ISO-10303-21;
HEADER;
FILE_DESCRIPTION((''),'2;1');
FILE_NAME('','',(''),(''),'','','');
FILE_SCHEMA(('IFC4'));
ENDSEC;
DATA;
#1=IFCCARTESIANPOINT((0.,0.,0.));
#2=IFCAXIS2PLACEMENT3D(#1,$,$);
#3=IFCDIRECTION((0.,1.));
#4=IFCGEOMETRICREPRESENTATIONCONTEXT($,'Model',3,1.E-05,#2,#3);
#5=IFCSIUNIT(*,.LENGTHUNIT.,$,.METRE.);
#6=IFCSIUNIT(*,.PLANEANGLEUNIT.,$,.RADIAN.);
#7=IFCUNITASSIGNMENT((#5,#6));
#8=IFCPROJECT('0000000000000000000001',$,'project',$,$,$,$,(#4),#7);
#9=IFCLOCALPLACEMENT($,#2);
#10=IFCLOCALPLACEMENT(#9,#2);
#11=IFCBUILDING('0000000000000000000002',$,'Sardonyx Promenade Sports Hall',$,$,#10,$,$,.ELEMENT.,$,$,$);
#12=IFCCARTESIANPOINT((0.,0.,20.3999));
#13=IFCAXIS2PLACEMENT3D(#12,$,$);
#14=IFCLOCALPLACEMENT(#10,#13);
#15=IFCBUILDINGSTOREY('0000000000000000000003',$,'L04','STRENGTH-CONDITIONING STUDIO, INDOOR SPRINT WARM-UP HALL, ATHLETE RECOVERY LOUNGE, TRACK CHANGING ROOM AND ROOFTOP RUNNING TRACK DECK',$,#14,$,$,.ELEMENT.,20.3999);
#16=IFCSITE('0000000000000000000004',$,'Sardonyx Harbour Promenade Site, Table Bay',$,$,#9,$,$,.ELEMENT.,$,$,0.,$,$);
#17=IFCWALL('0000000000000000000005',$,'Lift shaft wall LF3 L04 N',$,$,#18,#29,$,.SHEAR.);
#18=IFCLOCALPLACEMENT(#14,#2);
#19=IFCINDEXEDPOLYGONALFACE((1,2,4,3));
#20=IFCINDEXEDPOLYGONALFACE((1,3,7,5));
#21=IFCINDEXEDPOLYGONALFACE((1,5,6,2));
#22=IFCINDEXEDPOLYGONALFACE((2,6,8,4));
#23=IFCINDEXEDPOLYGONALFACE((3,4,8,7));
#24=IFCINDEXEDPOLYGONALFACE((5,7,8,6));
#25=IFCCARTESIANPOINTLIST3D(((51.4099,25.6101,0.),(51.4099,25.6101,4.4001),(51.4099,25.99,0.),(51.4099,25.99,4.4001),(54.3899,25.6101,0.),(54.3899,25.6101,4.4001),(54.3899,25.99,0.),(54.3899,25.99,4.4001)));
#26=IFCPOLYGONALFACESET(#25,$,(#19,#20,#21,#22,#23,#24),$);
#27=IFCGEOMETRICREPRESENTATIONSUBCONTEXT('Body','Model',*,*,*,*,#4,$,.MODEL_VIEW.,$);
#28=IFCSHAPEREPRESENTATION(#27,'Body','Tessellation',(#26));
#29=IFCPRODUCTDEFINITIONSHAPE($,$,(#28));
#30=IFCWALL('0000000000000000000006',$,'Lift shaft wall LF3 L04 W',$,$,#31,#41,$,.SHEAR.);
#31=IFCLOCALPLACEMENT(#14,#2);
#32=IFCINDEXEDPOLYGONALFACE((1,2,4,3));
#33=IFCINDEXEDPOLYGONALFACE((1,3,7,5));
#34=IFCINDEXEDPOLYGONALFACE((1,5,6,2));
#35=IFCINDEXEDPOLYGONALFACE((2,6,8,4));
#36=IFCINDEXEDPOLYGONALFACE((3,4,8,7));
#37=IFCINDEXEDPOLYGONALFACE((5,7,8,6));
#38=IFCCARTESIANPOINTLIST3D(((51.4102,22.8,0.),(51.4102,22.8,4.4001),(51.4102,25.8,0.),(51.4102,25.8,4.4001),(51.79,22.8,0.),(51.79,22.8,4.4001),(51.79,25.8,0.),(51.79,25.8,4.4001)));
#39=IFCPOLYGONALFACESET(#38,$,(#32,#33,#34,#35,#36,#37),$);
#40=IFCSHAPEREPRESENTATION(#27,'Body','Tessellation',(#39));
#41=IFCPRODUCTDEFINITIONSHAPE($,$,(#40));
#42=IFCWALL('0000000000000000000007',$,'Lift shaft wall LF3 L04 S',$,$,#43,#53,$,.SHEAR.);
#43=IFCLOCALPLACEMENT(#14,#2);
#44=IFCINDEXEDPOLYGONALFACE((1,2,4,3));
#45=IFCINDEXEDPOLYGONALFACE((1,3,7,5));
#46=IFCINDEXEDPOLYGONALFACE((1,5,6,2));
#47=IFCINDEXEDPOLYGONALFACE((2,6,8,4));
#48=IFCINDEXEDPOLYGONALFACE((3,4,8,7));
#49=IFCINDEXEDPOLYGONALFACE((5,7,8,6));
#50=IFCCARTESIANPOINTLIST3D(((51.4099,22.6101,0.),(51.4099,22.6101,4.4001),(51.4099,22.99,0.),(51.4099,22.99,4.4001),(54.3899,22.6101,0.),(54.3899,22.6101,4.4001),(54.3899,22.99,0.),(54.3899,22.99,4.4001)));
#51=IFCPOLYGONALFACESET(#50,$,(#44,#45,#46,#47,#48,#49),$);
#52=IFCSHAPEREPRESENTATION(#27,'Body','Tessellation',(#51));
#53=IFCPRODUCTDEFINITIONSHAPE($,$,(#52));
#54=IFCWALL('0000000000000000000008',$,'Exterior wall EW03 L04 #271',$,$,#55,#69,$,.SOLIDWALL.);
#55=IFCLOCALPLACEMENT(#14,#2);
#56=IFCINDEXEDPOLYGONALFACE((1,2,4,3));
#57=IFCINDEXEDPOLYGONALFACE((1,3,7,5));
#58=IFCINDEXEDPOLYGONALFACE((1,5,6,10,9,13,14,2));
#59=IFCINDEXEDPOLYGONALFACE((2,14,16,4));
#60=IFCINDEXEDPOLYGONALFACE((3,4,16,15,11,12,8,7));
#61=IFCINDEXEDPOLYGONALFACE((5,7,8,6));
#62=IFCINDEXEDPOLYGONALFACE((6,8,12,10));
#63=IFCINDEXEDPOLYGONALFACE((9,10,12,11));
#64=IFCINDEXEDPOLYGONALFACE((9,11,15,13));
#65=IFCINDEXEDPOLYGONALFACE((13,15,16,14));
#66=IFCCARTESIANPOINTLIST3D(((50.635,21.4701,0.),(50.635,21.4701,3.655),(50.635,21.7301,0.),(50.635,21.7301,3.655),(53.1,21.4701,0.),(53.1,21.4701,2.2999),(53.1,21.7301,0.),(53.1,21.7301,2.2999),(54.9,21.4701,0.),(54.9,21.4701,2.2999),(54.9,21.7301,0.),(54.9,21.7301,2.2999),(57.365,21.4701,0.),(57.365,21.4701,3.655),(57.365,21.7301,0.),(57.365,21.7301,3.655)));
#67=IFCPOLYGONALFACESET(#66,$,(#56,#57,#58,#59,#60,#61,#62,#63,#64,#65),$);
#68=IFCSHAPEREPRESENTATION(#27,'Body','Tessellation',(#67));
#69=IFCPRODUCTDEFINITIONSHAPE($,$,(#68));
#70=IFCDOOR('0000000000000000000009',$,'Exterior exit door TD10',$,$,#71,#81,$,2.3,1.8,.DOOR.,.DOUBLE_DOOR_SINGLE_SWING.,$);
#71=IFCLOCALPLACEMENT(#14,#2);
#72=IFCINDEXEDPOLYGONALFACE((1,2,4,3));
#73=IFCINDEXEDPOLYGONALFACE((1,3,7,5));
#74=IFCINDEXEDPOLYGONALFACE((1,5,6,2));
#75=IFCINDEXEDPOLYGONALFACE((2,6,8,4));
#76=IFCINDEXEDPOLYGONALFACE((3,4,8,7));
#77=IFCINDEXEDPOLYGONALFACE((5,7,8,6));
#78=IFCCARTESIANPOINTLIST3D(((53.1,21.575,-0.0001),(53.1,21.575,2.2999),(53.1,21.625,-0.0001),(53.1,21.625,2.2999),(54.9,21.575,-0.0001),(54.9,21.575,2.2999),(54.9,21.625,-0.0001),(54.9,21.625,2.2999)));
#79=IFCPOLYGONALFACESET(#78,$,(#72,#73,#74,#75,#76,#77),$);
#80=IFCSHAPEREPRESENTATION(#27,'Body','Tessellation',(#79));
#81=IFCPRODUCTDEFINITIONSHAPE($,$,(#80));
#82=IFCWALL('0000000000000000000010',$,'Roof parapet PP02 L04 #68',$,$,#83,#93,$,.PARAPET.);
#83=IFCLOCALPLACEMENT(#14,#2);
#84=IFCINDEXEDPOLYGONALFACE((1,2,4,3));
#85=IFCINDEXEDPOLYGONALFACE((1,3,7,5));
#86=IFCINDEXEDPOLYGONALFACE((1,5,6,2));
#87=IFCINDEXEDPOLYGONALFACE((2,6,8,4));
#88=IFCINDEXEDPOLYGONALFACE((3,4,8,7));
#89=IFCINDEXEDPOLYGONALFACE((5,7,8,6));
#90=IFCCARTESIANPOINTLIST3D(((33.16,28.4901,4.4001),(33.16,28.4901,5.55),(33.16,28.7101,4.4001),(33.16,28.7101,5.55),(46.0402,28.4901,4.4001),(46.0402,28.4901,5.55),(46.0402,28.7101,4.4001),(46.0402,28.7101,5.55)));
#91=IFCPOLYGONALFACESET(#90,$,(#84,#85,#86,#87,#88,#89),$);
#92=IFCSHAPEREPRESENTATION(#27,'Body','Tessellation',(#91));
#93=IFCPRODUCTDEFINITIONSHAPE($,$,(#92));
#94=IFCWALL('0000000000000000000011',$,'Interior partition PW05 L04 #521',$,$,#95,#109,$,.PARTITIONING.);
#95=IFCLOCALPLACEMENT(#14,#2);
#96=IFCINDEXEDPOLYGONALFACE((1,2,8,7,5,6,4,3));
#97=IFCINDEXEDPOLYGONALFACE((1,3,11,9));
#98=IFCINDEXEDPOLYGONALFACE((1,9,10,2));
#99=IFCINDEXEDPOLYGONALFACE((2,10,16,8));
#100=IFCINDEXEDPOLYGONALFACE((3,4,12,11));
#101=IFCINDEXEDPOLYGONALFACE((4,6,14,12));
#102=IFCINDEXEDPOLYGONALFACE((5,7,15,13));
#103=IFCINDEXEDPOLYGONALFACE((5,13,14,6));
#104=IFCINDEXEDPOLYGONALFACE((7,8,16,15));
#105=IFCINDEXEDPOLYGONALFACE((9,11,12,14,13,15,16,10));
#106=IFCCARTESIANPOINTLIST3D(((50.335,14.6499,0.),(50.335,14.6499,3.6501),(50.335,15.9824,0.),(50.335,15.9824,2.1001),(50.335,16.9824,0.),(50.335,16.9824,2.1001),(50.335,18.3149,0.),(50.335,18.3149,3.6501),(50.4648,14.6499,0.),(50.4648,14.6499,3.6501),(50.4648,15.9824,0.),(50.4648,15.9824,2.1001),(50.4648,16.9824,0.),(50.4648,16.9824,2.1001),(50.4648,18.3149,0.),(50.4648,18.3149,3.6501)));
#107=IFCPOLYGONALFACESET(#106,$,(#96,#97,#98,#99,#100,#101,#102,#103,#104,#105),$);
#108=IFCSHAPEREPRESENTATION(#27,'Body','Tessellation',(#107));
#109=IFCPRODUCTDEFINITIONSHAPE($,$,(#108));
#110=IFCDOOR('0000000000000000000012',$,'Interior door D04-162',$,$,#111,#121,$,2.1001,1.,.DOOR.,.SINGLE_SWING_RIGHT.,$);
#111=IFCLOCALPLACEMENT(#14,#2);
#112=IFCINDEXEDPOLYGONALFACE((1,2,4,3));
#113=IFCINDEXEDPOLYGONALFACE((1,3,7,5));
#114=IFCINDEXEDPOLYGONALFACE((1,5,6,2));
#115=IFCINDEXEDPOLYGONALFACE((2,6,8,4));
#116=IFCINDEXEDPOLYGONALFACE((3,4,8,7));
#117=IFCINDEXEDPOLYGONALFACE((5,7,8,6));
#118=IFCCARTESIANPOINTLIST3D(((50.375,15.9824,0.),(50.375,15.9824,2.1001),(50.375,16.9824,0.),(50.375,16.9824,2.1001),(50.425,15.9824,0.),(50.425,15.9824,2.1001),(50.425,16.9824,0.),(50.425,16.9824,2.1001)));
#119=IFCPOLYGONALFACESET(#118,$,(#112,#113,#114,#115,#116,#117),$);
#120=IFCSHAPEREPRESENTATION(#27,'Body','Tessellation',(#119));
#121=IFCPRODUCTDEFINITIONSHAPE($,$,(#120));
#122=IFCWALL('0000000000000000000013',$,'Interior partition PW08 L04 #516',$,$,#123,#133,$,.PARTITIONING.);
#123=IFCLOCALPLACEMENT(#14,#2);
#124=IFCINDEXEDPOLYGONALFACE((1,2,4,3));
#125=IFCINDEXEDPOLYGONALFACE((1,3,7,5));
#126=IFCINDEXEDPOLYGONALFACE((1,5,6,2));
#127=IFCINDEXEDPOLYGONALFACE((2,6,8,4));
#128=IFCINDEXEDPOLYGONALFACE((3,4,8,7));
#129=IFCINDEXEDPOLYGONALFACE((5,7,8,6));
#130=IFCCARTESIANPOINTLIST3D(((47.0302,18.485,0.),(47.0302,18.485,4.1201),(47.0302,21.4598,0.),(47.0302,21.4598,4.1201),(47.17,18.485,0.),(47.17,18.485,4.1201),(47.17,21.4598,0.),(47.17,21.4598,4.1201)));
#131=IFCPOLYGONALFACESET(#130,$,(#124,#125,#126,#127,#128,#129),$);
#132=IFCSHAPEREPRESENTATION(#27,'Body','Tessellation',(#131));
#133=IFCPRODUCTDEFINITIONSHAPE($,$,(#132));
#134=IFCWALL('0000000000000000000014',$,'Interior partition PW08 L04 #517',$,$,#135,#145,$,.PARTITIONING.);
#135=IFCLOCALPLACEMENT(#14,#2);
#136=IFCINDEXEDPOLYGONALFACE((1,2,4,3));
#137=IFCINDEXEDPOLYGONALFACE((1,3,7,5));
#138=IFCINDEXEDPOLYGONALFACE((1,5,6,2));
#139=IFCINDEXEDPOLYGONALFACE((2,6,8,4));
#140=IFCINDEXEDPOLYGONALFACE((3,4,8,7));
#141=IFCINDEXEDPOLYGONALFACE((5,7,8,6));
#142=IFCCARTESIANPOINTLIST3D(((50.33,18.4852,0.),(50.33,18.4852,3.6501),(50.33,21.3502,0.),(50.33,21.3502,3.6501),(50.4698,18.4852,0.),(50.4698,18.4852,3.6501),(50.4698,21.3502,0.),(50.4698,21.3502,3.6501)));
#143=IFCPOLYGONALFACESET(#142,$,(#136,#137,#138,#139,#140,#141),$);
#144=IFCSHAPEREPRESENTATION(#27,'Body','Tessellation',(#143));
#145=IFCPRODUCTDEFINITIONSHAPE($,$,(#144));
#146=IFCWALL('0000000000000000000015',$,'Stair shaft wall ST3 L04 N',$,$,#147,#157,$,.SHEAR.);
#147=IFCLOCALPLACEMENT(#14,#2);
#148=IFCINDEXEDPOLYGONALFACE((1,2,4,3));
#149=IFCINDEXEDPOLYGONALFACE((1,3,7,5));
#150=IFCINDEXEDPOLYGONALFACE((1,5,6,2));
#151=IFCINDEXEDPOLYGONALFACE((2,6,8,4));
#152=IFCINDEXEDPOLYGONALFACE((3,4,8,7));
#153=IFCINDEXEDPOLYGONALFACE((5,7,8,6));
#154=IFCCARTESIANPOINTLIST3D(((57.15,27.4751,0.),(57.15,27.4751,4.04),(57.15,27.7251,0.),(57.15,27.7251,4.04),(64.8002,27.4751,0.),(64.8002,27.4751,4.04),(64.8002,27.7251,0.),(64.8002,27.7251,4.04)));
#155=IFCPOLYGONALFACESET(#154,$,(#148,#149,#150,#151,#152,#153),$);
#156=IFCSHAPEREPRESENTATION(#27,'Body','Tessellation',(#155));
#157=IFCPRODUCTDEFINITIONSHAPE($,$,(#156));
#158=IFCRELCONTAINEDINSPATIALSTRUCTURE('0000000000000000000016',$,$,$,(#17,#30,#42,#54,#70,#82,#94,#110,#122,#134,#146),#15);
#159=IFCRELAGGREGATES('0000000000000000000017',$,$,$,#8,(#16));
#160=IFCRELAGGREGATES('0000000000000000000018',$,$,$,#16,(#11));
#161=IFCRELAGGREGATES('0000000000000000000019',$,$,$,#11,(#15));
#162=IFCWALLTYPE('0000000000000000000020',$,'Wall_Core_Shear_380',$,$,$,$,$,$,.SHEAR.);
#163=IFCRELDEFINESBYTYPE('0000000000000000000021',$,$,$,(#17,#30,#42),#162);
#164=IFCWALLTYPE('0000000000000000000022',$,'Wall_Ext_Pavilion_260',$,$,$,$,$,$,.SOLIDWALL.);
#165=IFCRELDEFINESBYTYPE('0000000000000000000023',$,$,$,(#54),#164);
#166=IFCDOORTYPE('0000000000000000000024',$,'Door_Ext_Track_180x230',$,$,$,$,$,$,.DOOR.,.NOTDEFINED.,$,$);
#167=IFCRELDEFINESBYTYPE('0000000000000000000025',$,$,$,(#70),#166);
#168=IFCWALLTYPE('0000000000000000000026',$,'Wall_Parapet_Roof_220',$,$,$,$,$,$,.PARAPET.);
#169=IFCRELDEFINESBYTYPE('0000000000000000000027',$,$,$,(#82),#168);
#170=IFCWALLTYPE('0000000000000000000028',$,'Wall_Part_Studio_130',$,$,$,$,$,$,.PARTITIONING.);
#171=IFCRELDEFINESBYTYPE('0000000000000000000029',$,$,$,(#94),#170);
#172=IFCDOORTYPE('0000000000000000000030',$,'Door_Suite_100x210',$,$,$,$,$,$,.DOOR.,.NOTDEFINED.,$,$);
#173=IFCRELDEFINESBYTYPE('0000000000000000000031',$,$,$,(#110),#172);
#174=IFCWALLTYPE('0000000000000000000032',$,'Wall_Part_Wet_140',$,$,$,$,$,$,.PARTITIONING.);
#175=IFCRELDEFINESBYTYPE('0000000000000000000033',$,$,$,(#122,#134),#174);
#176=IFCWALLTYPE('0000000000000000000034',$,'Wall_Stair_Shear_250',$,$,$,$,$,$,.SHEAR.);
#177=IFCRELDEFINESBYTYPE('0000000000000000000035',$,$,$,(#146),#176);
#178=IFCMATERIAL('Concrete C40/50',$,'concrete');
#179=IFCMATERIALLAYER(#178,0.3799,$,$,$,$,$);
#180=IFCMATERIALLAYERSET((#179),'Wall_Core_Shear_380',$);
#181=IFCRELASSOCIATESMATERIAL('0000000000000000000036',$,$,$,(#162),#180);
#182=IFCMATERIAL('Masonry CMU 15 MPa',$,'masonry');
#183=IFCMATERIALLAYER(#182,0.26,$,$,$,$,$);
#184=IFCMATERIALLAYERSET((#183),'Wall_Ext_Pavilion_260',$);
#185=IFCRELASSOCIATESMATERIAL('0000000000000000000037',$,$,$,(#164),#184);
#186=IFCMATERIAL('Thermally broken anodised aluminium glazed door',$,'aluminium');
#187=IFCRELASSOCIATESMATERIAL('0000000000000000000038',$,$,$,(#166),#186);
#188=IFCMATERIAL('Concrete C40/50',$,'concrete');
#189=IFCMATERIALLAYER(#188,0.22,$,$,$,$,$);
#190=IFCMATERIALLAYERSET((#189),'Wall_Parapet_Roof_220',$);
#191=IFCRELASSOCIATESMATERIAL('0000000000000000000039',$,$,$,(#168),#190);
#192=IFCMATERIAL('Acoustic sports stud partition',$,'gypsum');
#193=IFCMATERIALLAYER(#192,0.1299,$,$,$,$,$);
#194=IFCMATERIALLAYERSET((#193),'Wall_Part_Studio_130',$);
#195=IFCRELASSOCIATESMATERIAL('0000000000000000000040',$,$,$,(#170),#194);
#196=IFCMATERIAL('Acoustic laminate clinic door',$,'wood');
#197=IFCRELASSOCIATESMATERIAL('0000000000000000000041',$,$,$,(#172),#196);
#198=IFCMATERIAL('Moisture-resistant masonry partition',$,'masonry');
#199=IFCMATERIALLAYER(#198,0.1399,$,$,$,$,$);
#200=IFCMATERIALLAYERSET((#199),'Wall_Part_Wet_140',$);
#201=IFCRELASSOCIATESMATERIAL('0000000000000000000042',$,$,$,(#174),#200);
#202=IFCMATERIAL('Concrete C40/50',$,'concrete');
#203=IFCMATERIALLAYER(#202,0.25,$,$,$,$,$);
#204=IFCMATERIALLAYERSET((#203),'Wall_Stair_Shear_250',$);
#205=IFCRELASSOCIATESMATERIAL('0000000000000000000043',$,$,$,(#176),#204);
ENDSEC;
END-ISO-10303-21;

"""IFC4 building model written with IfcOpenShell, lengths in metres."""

from ifc_helpers import new_model, si_unit, direction, frame, frame_2d, origin, place, context, subcontext, project, spatial, rectangle, extrude, material, layer, layer_set, type_object, element, fill, save


model = new_model("IFC4")

# Units and contexts
model_context = context("Model", 3, precision=1e-05, world=origin(), true_north=direction((0.0, 1.0)))
body_context = subcontext(model_context, "Body", "Model", "MODEL_VIEW")
ifc_project = project(units=[si_unit("LENGTHUNIT", "METRE"), si_unit("PLANEANGLEUNIT", "RADIAN")], contexts=[model_context])

# Site, building, storey
site_placement = place(None, origin())
site = spatial("IfcSite", under=ifc_project, at=site_placement, Name="Sardonyx Harbour Promenade Site, Table Bay", CompositionType="ELEMENT", RefElevation=0.0)
building_placement = place(site_placement, origin())
building = spatial("IfcBuilding", under=site, at=building_placement, Name="Sardonyx Promenade Sports Hall", CompositionType="ELEMENT")
storey_placement = place(building_placement, frame((0.0, 0.0, 20.3999)))
storey = spatial("IfcBuildingStorey", under=building, at=storey_placement, Name="L04", Description="STRENGTH-CONDITIONING STUDIO, INDOOR SPRINT WARM-UP HALL, ATHLETE RECOVERY LOUNGE, TRACK CHANGING ROOM AND ROOFTOP RUNNING TRACK DECK", CompositionType="ELEMENT", Elevation=20.3999)

# Shared definitions
ifc_material_1 = material(Name="Concrete C40/50", Category="concrete")
ifc_layer_1 = layer(ifc_material_1, 0.3799)
ifc_layer_set_1 = layer_set([ifc_layer_1], Name="Wall_Core_Shear_380")
wall_type_1 = type_object("IfcWallType", Name="Wall_Core_Shear_380", PredefinedType="SHEAR", material=ifc_layer_set_1)

# Walls
wall_1_placement = place(storey_placement, frame((51.4099, 25.8, 0.0), z_axis=(0.0, 0.0, 1.0), x_axis=(1.0, 0.0, 0.0)))
element("IfcWall", 1, at=wall_1_placement, inside=storey, type_object=wall_type_1, Name="Lift shaft wall LF3 L04 N", PredefinedType="SHEAR", context=body_context, shape_type="SweptSolid", body=[
    extrude(rectangle(XDim=2.98, YDim=0.3799, at=frame_2d((1.49, 0.0))), origin(), (0.0, 0.0, 1.0), 4.4001),
])
wall_2_placement = place(storey_placement, frame((51.6001, 25.8, 0.0), z_axis=(0.0, 0.0, 1.0), x_axis=(0.0, -1.0, 0.0)))
element("IfcWall", 2, at=wall_2_placement, inside=storey, type_object=wall_type_1, Name="Lift shaft wall LF3 L04 W", PredefinedType="SHEAR", context=body_context, shape_type="SweptSolid", body=[
    extrude(rectangle(XDim=3.0, YDim=0.3799, at=frame_2d((1.5, 0.0))), origin(), (0.0, 0.0, 1.0), 4.4001),
])
wall_3_placement = place(storey_placement, frame((54.3899, 22.8, 0.0), z_axis=(0.0, 0.0, 1.0), x_axis=(-1.0, 0.0, 0.0)))
element("IfcWall", 3, at=wall_3_placement, inside=storey, type_object=wall_type_1, Name="Lift shaft wall LF3 L04 S", PredefinedType="SHEAR", context=body_context, shape_type="SweptSolid", body=[
    extrude(rectangle(XDim=2.98, YDim=0.3799, at=frame_2d((1.49, 0.0))), origin(), (0.0, 0.0, 1.0), 4.4001),
])

# Wall, opening, door
ifc_material_2 = material(Name="Masonry CMU 15 MPa", Category="masonry")
ifc_layer_2 = layer(ifc_material_2, 0.26)
ifc_layer_set_2 = layer_set([ifc_layer_2], Name="Wall_Ext_Pavilion_260")
wall_type_2 = type_object("IfcWallType", Name="Wall_Ext_Pavilion_260", PredefinedType="SOLIDWALL", material=ifc_layer_set_2)
wall_4_placement = place(storey_placement, frame((50.635, 21.6001, 0.0), z_axis=(0.0, 0.0, 1.0), x_axis=(1.0, 0.0, 0.0)))
wall_4 = element("IfcWall", 4, at=wall_4_placement, inside=storey, type_object=wall_type_2, Name="Exterior wall EW03 L04 #271", PredefinedType="SOLIDWALL", context=body_context, shape_type="SweptSolid", body=[
    extrude(rectangle(XDim=6.73, YDim=0.26, at=frame_2d((3.365, 0.0))), origin(), (0.0, 0.0, 1.0), 3.655),
])
opening_1_placement = place(wall_4_placement, frame((2.4651, 0.0, 0.0)))
opening_1 = element("IfcOpeningElement", 5, at=opening_1_placement, cuts=wall_4, PredefinedType="OPENING", context=body_context, shape_type="SweptSolid", body=[
    extrude(rectangle(XDim=1.8, YDim=2.3, at=frame_2d((0.8999, 1.1499))), frame((0.0, 0.14, 0.0), z_axis=(0.0, -1.0, 0.0), x_axis=(1.0, 0.0, 0.0)), (0.0, 0.0, 1.0), 0.28),
])
ifc_material_3 = material(Name="Thermally broken anodised aluminium glazed door", Category="aluminium")
door_type_1 = type_object("IfcDoorType", Name="Door_Ext_Track_180x230", OperationType="NOTDEFINED", PredefinedType="DOOR", material=ifc_material_3)
door_1_placement = place(opening_1_placement, origin())
door_1 = element("IfcDoor", 6, at=door_1_placement, inside=storey, type_object=door_type_1, Name="Exterior exit door TD10", OperationType="DOUBLE_DOOR_SINGLE_SWING", OverallHeight=2.3, OverallWidth=1.8, PredefinedType="DOOR", context=body_context, shape_type="SweptSolid", body=[
    extrude(rectangle(XDim=1.8, YDim=2.3, at=frame_2d((0.8999, 1.1499))), frame((0.0, 0.0249, 0.0), z_axis=(0.0, -1.0, 0.0), x_axis=(1.0, 0.0, 0.0)), (0.0, 0.0, 1.0), 0.05),
])
fill(opening_1, door_1)

# Wall
ifc_material_4 = material(Name="Concrete C40/50", Category="concrete")
ifc_layer_3 = layer(ifc_material_4, 0.22)
ifc_layer_set_3 = layer_set([ifc_layer_3], Name="Wall_Parapet_Roof_220")
wall_type_3 = type_object("IfcWallType", Name="Wall_Parapet_Roof_220", PredefinedType="PARAPET", material=ifc_layer_set_3)
wall_5_placement = place(storey_placement, frame((46.04, 28.6001, 4.4001), z_axis=(0.0, 0.0, 1.0), x_axis=(-1.0, 0.0, 0.0)))
element("IfcWall", 7, at=wall_5_placement, inside=storey, type_object=wall_type_3, Name="Roof parapet PP02 L04 #68", PredefinedType="PARAPET", context=body_context, shape_type="SweptSolid", body=[
    extrude(rectangle(XDim=12.8801, YDim=0.22, at=frame_2d((6.4399, 0.0))), origin(), (0.0, 0.0, 1.0), 1.1499),
])

# Wall, opening, door
ifc_material_5 = material(Name="Acoustic sports stud partition", Category="gypsum")
ifc_layer_4 = layer(ifc_material_5, 0.1299)
ifc_layer_set_4 = layer_set([ifc_layer_4], Name="Wall_Part_Studio_130")
wall_type_4 = type_object("IfcWallType", Name="Wall_Part_Studio_130", PredefinedType="PARTITIONING", material=ifc_layer_set_4)
wall_6_placement = place(storey_placement, frame((50.3999, 14.6499, 0.0), z_axis=(0.0, 0.0, 1.0), x_axis=(0.0, 1.0, 0.0)))
wall_6 = element("IfcWall", 8, at=wall_6_placement, inside=storey, type_object=wall_type_4, Name="Interior partition PW05 L04 #521", PredefinedType="PARTITIONING", context=body_context, shape_type="SweptSolid", body=[
    extrude(rectangle(XDim=3.665, YDim=0.1299, at=frame_2d((1.8325, 0.0))), origin(), (0.0, 0.0, 1.0), 3.6501),
])
opening_2_placement = place(wall_6_placement, frame((1.3325, 0.0, 0.0)))
opening_2 = element("IfcOpeningElement", 9, at=opening_2_placement, cuts=wall_6, PredefinedType="OPENING", context=body_context, shape_type="SweptSolid", body=[
    extrude(rectangle(XDim=1.0, YDim=2.1001, at=frame_2d((0.5, 1.05))), frame((0.0, 0.075, 0.0), z_axis=(0.0, -1.0, 0.0), x_axis=(1.0, 0.0, 0.0)), (0.0, 0.0, 1.0), 0.15),
])
ifc_material_6 = material(Name="Acoustic laminate clinic door", Category="wood")
door_type_2 = type_object("IfcDoorType", Name="Door_Suite_100x210", OperationType="NOTDEFINED", PredefinedType="DOOR", material=ifc_material_6)
door_2_placement = place(opening_2_placement, origin())
door_2 = element("IfcDoor", 10, at=door_2_placement, inside=storey, type_object=door_type_2, Name="Interior door D04-162", OperationType="SINGLE_SWING_RIGHT", OverallHeight=2.1001, OverallWidth=1.0, PredefinedType="DOOR", context=body_context, shape_type="SweptSolid", body=[
    extrude(rectangle(XDim=1.0, YDim=2.1001, at=frame_2d((0.5, 1.05))), frame((0.0, 0.0249, 0.0), z_axis=(0.0, -1.0, 0.0), x_axis=(1.0, 0.0, 0.0)), (0.0, 0.0, 1.0), 0.05),
])
fill(opening_2, door_2)

# Walls
ifc_material_7 = material(Name="Moisture-resistant masonry partition", Category="masonry")
ifc_layer_5 = layer(ifc_material_7, 0.1399)
ifc_layer_set_5 = layer_set([ifc_layer_5], Name="Wall_Part_Wet_140")
wall_type_5 = type_object("IfcWallType", Name="Wall_Part_Wet_140", PredefinedType="PARTITIONING", material=ifc_layer_set_5)
wall_7_placement = place(storey_placement, frame((47.1001, 18.4851, 0.0), z_axis=(0.0, 0.0, 1.0), x_axis=(0.0, 1.0, 0.0)))
element("IfcWall", 11, at=wall_7_placement, inside=storey, type_object=wall_type_5, Name="Interior partition PW08 L04 #516", PredefinedType="PARTITIONING", context=body_context, shape_type="SweptSolid", body=[
    extrude(rectangle(XDim=2.9749, YDim=0.1399, at=frame_2d((1.4873, 0.0))), origin(), (0.0, 0.0, 1.0), 4.1201),
])
wall_8_placement = place(storey_placement, frame((50.3999, 18.4851, 0.0), z_axis=(0.0, 0.0, 1.0), x_axis=(0.0, 1.0, 0.0)))
element("IfcWall", 12, at=wall_8_placement, inside=storey, type_object=wall_type_5, Name="Interior partition PW08 L04 #517", PredefinedType="PARTITIONING", context=body_context, shape_type="SweptSolid", body=[
    extrude(rectangle(XDim=2.865, YDim=0.1399, at=frame_2d((1.4326, 0.0))), origin(), (0.0, 0.0, 1.0), 3.6501),
])
ifc_material_8 = material(Name="Concrete C40/50", Category="concrete")
ifc_layer_6 = layer(ifc_material_8, 0.25)
ifc_layer_set_6 = layer_set([ifc_layer_6], Name="Wall_Stair_Shear_250")
wall_type_6 = type_object("IfcWallType", Name="Wall_Stair_Shear_250", PredefinedType="SHEAR", material=ifc_layer_set_6)
wall_9_placement = place(storey_placement, frame((57.1499, 27.6001, 0.0), z_axis=(0.0, 0.0, 1.0), x_axis=(1.0, 0.0, 0.0)))
element("IfcWall", 13, at=wall_9_placement, inside=storey, type_object=wall_type_6, Name="Stair shaft wall ST3 L04 N", PredefinedType="SHEAR", context=body_context, shape_type="SweptSolid", body=[
    extrude(rectangle(XDim=7.6501, YDim=0.25, at=frame_2d((3.8252, 0.0))), origin(), (0.0, 0.0, 1.0), 4.04),
])

save(model, "model.ifc")
